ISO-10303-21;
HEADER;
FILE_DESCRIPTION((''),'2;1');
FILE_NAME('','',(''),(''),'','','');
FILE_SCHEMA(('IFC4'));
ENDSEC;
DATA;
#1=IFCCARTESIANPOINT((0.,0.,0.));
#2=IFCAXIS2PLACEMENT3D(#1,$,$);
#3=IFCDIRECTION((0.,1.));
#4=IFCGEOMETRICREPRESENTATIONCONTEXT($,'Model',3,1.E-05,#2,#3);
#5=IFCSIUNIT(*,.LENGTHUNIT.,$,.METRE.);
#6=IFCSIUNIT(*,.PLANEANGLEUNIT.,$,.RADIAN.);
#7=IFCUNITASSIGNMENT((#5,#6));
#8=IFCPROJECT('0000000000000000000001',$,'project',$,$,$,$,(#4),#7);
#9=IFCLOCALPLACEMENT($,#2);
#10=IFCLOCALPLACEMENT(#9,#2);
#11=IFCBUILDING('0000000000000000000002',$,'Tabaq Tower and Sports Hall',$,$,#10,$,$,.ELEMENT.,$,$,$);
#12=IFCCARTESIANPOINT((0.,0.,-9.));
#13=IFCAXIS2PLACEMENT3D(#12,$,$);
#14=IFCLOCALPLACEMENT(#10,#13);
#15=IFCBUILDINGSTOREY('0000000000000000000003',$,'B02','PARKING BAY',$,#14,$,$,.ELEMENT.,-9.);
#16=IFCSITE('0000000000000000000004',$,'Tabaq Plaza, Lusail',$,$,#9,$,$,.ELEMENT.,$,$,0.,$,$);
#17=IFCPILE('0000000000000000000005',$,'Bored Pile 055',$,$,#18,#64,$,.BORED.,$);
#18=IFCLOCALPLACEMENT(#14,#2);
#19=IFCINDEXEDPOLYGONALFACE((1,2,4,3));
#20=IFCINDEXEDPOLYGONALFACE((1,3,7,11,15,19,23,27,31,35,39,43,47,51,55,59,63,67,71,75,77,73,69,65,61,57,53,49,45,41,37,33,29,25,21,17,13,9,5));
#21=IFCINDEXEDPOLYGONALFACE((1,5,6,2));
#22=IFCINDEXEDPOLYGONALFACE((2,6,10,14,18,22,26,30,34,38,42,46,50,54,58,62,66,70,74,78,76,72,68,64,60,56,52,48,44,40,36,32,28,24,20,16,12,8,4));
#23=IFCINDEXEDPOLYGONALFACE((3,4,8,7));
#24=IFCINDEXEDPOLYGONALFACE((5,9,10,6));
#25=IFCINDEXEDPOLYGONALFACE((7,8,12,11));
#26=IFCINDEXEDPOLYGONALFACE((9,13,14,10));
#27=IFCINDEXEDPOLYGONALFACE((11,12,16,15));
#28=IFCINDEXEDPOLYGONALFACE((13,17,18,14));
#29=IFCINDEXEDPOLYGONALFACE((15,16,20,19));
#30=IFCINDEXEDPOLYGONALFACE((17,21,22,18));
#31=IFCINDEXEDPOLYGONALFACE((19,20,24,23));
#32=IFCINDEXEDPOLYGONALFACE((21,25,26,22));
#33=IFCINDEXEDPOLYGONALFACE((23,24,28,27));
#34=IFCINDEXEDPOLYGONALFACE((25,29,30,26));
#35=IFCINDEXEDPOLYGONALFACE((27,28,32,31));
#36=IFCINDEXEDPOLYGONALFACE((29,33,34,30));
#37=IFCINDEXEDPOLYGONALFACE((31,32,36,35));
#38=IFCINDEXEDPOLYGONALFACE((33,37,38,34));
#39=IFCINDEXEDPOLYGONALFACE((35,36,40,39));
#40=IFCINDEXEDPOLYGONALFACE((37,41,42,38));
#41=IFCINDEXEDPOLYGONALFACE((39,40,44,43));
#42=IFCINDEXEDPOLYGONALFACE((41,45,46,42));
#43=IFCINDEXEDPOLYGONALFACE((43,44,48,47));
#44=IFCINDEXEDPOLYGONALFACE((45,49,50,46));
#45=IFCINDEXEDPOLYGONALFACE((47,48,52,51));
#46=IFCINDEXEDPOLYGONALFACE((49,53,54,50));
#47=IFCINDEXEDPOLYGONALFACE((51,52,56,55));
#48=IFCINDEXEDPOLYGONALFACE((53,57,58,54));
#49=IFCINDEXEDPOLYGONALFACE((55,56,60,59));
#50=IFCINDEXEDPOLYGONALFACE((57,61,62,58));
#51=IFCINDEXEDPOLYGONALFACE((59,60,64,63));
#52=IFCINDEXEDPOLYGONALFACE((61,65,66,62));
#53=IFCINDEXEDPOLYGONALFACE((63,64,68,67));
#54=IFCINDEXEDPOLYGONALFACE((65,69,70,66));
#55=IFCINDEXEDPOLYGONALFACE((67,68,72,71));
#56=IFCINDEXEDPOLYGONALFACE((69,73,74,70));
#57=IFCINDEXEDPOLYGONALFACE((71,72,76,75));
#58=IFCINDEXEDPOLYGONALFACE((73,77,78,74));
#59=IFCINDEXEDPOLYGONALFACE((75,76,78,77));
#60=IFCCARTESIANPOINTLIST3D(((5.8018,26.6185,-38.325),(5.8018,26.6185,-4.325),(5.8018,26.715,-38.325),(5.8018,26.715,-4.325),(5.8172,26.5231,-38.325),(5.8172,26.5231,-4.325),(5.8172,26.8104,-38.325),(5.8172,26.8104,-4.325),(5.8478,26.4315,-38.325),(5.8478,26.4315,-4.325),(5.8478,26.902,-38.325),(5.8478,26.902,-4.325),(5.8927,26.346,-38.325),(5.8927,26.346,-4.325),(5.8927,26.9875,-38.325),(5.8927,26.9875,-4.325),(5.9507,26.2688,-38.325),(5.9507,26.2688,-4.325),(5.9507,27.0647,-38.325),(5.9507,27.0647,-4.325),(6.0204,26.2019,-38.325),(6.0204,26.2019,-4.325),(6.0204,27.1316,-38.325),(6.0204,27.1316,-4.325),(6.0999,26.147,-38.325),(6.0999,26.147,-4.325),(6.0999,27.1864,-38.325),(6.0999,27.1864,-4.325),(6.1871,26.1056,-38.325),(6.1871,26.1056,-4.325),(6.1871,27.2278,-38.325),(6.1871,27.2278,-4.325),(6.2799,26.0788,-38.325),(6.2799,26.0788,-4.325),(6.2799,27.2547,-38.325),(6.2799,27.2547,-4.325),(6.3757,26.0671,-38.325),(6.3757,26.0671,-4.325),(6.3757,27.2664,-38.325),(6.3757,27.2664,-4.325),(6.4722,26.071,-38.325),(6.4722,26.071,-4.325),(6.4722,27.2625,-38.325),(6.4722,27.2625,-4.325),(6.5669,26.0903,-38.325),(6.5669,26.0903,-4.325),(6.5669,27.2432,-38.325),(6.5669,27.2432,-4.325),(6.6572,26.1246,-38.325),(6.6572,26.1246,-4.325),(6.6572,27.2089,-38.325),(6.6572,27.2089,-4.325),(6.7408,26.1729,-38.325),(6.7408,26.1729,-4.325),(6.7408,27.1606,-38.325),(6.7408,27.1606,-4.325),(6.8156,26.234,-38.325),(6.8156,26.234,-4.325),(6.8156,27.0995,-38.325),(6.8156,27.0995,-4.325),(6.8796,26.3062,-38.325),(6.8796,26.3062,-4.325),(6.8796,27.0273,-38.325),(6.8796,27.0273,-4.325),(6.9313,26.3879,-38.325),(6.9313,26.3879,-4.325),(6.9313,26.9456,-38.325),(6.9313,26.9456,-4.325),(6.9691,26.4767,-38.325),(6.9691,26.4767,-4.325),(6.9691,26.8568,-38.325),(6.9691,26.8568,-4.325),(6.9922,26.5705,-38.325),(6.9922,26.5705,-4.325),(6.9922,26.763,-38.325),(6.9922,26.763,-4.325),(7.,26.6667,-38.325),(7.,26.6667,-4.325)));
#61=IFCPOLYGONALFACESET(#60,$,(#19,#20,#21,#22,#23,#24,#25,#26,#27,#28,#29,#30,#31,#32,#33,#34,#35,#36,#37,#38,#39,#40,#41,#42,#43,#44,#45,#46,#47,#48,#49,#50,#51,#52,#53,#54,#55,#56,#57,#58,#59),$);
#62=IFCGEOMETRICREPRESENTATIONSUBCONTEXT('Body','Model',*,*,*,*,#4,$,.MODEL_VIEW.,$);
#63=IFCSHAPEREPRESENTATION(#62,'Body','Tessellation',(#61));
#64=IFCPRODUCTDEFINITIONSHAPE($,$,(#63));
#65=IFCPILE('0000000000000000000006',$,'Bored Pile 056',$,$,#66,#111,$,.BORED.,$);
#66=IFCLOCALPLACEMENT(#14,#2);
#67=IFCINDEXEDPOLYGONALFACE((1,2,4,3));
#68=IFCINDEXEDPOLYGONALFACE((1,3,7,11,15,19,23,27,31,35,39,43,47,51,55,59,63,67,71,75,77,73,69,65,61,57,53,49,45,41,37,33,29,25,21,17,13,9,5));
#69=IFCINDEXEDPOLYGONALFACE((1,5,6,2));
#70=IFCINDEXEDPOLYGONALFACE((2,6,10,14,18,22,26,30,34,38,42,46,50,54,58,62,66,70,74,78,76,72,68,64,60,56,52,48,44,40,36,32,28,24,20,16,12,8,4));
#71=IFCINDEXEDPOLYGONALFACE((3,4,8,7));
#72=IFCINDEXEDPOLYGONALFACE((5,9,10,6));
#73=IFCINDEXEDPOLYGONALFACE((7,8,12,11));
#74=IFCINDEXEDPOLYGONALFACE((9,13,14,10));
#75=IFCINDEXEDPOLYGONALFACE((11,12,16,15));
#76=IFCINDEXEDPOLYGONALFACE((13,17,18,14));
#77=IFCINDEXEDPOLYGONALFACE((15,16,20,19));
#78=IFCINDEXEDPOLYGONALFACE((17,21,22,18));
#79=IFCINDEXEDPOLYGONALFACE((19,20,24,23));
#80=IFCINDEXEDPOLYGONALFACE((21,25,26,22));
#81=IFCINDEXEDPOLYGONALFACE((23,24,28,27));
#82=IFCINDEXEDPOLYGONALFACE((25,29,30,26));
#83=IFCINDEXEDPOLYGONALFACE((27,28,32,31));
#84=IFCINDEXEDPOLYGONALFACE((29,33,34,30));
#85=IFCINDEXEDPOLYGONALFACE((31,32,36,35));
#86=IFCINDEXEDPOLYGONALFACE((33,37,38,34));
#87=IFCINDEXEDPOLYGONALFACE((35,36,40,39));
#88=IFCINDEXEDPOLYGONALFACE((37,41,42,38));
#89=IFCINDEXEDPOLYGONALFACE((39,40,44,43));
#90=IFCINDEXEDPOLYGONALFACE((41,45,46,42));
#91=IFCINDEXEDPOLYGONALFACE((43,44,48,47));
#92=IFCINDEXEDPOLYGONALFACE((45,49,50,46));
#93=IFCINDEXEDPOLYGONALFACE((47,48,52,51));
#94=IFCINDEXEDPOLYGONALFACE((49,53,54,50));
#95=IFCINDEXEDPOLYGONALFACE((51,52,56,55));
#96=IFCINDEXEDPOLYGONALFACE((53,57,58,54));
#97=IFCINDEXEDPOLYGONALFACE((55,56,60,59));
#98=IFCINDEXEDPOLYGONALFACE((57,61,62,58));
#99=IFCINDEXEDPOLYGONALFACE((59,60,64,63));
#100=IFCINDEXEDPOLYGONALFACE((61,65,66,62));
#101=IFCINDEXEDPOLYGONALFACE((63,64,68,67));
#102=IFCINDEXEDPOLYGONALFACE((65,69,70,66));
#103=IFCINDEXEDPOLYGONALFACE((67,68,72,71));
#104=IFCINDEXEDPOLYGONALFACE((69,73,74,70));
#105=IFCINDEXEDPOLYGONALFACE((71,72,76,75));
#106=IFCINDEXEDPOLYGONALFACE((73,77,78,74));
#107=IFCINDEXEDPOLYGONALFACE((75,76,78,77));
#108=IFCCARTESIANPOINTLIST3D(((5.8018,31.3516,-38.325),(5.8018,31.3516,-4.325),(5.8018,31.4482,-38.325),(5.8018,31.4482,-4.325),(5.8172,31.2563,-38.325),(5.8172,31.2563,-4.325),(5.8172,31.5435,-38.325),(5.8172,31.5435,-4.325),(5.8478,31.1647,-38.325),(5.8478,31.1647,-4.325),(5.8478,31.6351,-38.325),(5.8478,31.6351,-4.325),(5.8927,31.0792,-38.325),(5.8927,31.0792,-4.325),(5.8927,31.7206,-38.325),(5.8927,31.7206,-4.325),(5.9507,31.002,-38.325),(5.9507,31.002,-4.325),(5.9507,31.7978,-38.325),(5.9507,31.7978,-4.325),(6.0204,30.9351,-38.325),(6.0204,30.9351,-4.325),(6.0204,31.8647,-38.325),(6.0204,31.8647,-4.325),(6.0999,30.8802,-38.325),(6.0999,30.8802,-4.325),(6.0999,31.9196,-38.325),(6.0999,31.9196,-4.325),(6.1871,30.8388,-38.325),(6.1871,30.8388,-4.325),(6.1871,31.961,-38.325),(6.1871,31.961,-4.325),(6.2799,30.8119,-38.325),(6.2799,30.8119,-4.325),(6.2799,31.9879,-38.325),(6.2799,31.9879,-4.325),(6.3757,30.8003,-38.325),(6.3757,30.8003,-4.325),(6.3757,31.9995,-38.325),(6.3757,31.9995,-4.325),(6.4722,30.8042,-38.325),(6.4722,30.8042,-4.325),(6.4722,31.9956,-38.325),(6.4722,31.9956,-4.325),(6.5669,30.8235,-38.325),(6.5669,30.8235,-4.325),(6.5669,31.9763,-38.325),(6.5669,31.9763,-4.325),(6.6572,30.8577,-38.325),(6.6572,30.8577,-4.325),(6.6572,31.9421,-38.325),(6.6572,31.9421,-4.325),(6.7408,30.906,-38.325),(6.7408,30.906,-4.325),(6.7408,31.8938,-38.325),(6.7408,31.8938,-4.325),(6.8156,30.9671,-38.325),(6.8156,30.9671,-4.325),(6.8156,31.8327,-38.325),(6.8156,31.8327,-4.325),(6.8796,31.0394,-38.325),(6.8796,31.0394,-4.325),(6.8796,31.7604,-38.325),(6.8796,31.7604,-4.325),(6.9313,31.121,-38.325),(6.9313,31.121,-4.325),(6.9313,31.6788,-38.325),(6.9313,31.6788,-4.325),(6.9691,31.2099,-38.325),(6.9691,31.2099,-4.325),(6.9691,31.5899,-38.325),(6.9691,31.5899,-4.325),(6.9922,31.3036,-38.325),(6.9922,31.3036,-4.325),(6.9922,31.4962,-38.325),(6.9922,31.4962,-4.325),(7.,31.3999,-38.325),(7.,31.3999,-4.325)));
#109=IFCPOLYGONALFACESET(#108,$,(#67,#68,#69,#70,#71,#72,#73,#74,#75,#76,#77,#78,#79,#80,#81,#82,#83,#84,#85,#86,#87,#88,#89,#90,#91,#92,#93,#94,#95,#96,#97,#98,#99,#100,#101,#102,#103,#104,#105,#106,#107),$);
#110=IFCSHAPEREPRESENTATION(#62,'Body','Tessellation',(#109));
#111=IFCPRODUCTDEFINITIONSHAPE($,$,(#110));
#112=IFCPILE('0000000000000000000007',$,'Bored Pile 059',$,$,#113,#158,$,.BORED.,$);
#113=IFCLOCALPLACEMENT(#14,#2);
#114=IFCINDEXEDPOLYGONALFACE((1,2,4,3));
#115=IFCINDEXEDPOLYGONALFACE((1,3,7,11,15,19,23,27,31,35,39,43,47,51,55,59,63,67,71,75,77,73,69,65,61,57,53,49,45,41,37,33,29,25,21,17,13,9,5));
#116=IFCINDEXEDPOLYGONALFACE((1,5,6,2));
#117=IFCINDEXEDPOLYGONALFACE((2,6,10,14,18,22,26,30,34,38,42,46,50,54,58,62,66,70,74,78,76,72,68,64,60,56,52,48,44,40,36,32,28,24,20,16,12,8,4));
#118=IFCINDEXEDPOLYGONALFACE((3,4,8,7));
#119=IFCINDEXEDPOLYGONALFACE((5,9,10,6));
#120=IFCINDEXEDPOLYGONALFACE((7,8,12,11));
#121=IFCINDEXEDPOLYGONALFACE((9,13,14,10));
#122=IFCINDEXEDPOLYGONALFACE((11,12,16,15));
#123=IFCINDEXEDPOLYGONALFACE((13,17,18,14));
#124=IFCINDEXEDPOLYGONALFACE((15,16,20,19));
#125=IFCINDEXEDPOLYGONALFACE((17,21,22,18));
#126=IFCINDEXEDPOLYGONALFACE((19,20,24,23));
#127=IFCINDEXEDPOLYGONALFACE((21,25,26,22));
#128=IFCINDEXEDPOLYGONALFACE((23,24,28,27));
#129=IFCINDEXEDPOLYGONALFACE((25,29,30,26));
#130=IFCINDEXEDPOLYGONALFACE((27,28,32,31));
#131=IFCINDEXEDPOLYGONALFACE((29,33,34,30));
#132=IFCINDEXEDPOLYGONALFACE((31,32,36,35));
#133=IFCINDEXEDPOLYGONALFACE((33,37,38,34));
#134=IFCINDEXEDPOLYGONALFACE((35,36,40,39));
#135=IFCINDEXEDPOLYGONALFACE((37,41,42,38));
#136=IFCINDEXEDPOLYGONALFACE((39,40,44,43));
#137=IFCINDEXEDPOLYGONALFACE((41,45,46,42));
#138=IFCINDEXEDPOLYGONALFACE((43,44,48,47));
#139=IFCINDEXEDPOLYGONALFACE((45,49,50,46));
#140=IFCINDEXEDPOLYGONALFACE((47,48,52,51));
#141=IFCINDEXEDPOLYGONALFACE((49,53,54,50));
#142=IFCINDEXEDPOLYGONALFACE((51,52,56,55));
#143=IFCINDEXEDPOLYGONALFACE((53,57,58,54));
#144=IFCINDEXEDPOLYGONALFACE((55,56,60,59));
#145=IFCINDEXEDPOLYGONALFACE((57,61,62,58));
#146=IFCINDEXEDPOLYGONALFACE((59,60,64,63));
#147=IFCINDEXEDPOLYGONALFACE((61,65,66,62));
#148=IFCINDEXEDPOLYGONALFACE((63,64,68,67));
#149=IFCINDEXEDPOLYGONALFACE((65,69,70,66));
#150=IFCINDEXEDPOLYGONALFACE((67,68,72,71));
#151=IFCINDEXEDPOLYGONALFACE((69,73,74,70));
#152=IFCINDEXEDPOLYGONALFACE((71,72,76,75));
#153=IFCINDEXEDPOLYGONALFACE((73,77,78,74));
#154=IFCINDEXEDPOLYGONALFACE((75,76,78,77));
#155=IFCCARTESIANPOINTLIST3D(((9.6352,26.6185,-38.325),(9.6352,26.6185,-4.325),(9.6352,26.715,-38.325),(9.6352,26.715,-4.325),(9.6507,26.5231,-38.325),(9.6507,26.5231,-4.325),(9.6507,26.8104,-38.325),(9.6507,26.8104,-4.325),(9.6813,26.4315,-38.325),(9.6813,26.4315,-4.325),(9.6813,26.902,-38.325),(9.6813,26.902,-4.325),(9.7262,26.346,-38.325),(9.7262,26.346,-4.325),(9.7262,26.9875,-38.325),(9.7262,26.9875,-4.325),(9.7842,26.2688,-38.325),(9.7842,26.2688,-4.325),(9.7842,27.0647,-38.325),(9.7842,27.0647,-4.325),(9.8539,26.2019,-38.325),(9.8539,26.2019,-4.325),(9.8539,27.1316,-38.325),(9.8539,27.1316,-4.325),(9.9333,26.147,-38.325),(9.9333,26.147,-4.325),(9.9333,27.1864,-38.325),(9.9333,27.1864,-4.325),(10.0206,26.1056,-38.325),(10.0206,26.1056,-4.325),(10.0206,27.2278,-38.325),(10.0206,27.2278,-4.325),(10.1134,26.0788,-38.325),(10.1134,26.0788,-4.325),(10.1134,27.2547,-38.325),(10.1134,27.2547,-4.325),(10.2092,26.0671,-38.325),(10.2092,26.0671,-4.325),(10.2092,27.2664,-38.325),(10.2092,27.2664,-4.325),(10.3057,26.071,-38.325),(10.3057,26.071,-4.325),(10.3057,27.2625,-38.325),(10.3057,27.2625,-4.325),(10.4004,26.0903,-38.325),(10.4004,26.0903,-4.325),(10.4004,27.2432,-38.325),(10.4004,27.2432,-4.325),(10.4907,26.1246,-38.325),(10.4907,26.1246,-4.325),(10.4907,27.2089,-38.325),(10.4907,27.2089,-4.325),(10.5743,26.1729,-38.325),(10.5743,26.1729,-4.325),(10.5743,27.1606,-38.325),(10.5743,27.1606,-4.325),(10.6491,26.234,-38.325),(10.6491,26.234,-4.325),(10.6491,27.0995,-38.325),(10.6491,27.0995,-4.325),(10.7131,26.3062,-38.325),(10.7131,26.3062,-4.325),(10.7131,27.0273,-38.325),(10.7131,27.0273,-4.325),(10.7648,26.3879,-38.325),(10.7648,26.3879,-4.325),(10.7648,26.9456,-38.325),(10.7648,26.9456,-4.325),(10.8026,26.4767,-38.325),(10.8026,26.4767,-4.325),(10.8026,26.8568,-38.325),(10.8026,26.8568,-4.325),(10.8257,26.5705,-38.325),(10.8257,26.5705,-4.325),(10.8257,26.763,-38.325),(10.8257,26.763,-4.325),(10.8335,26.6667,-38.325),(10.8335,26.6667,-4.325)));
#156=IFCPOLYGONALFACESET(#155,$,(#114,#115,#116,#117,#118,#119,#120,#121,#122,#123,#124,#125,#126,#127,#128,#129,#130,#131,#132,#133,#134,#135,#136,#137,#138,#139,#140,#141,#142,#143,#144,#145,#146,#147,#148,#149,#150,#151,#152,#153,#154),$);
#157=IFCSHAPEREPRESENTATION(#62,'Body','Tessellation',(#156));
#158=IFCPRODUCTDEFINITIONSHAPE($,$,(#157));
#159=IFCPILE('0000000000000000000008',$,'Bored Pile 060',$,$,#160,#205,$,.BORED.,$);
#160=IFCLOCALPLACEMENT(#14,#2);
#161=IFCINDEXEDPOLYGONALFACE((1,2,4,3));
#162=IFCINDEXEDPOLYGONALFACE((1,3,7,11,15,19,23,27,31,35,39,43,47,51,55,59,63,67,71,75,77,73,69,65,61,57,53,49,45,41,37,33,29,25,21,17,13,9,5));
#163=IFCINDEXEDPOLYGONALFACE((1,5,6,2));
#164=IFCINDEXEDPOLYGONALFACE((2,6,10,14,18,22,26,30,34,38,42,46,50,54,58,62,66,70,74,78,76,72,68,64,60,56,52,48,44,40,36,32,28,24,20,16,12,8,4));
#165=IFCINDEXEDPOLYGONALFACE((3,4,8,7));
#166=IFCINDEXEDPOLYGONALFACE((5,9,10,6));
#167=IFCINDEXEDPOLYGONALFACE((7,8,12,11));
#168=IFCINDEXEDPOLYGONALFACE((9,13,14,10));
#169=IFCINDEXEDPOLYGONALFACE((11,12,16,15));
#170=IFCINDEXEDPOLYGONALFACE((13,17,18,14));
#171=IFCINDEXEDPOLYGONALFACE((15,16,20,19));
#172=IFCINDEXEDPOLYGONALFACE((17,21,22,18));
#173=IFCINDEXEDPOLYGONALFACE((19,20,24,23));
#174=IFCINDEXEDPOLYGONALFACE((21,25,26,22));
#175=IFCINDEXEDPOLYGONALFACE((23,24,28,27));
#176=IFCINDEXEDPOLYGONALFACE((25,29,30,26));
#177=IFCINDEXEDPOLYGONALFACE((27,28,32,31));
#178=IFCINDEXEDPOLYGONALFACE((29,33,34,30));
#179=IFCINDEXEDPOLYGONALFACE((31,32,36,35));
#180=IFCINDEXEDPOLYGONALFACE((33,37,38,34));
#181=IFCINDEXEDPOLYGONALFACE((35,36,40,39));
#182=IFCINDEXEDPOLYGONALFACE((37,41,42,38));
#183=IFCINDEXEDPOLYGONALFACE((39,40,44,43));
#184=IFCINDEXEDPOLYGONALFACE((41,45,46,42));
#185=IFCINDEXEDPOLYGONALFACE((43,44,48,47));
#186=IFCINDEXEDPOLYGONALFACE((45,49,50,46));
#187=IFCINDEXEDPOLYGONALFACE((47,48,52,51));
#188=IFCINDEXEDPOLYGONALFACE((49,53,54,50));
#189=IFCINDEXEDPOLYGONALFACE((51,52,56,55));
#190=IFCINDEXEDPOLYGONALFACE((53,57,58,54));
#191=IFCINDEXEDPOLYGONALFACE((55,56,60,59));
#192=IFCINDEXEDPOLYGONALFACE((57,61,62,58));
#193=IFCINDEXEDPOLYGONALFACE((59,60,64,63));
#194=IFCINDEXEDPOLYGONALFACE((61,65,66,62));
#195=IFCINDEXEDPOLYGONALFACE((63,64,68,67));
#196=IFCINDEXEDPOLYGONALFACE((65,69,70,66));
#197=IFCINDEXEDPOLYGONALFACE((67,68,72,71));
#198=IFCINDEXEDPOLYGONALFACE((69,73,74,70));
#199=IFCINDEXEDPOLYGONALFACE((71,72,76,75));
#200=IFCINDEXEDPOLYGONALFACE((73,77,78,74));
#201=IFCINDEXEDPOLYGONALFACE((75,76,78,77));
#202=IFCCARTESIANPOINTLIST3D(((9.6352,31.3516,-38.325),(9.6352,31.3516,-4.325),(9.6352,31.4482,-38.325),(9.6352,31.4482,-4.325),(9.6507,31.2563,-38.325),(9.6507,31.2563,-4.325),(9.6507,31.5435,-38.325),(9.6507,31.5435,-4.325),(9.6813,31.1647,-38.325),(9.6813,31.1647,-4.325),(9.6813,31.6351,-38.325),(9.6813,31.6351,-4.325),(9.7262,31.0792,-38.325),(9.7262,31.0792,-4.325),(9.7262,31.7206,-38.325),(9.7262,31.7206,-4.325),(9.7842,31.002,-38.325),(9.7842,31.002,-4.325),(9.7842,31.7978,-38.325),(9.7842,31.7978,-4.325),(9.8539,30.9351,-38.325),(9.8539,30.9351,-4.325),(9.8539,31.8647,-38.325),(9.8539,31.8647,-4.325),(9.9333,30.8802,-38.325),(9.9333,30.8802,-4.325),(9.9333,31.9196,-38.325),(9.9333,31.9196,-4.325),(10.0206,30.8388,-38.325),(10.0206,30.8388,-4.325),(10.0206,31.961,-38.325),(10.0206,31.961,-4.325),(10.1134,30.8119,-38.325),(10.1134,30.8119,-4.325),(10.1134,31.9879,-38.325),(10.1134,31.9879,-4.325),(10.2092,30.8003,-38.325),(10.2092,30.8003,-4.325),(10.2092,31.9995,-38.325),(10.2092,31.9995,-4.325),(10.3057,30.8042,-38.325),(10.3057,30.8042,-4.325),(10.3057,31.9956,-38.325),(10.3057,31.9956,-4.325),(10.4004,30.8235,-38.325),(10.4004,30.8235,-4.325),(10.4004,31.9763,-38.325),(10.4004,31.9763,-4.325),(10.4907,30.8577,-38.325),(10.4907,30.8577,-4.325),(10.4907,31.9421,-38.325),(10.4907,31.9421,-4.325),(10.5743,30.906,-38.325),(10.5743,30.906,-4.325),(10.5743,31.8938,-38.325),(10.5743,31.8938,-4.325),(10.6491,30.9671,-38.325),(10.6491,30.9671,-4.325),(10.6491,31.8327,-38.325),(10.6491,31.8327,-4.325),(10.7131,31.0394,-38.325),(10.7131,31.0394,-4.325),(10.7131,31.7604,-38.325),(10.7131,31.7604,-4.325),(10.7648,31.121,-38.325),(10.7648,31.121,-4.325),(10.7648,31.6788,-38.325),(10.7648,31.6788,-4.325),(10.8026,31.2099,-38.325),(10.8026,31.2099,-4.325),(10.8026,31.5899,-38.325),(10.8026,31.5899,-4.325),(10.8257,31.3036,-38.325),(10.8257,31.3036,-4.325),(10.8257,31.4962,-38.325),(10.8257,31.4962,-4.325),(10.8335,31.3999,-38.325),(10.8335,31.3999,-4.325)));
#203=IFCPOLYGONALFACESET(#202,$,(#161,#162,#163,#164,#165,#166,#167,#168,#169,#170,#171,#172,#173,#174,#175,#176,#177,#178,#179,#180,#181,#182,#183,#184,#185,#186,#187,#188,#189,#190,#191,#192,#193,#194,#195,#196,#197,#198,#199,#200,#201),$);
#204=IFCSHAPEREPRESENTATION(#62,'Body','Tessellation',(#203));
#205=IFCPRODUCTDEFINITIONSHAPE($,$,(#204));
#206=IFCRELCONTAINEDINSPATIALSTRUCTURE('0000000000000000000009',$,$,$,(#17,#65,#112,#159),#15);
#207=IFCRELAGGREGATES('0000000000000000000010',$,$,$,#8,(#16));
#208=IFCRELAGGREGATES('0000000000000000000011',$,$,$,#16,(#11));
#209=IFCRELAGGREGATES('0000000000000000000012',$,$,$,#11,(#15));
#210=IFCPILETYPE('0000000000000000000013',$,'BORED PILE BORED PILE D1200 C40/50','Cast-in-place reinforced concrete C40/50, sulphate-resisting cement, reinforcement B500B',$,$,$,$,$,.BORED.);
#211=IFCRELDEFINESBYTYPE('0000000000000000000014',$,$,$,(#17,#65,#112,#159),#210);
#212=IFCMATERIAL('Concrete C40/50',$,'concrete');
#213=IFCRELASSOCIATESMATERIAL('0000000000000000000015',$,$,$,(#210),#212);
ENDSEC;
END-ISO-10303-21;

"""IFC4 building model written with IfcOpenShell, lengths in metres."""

from ifc_helpers import new_model, si_unit, direction, frame, origin, origin_2d, place, context, subcontext, project, spatial, circle, extrude, material, material_profile, profile_set, type_object, element, save


model = new_model("IFC4")

# Units and contexts
model_context = context("Model", 3, precision=1e-05, world=origin(), true_north=direction((0.0, 1.0)))
body_context = subcontext(model_context, "Body", "Model", "MODEL_VIEW")
ifc_project = project(units=[si_unit("LENGTHUNIT", "METRE"), si_unit("PLANEANGLEUNIT", "RADIAN")], contexts=[model_context])

# Site, building, storey
site_placement = place(None, origin())
site = spatial("IfcSite", under=ifc_project, at=site_placement, Name="Tabaq Plaza, Lusail", CompositionType="ELEMENT", RefElevation=0.0)
building_placement = place(site_placement, origin())
building = spatial("IfcBuilding", under=site, at=building_placement, Name="Tabaq Tower and Sports Hall", CompositionType="ELEMENT")
storey_placement = place(building_placement, frame((0.0, 0.0, -9.0)))
storey = spatial("IfcBuildingStorey", under=building, at=storey_placement, Name="B02", Description="PARKING BAY", CompositionType="ELEMENT", Elevation=-9.0)

# Piles
ifc_material_1 = material(Name="Concrete C40/50", Category="concrete")
ifc_material_profile_1 = material_profile(ifc_material_1, circle(Radius=0.6001, at=origin_2d()), Name="BORED PILE D1200")
ifc_profile_set_1 = profile_set([ifc_material_profile_1], Name="Concrete C40/50")
pile_type = type_object("IfcPileType", Name="BORED PILE BORED PILE D1200 C40/50", Description="Cast-in-place reinforced concrete C40/50, sulphate-resisting cement, reinforcement B500B", PredefinedType="BORED", material=ifc_profile_set_1)
for number, where, z_axis, x_axis, name in (
    (1, (6.3999, 26.6667, -4.325), (0.0, 0.0, -1.0), (1.0, 0.0, 0.0), "Bored Pile 055"),
    (2, (6.3999, 31.3999, -4.325), (0.0, 0.0, -1.0), (1.0, 0.0, 0.0), "Bored Pile 056"),
    (3, (10.2334, 26.6667, -4.325), (0.0, 0.0, -1.0), (1.0, 0.0, 0.0), "Bored Pile 059"),
    (4, (10.2334, 31.3999, -4.325), (0.0, 0.0, -1.0), (1.0, 0.0, 0.0), "Bored Pile 060"),
):
    element("IfcPile", number, at=place(storey_placement, frame(where, z_axis=z_axis, x_axis=x_axis)), inside=storey, type_object=pile_type, Name=name, PredefinedType="BORED", context=body_context, shape_type="SweptSolid", body=[
        extrude(circle(Radius=0.6001, at=origin_2d()), origin(), (0.0, 0.0, 1.0), 34.0),
    ])

save(model, "model.ifc")
